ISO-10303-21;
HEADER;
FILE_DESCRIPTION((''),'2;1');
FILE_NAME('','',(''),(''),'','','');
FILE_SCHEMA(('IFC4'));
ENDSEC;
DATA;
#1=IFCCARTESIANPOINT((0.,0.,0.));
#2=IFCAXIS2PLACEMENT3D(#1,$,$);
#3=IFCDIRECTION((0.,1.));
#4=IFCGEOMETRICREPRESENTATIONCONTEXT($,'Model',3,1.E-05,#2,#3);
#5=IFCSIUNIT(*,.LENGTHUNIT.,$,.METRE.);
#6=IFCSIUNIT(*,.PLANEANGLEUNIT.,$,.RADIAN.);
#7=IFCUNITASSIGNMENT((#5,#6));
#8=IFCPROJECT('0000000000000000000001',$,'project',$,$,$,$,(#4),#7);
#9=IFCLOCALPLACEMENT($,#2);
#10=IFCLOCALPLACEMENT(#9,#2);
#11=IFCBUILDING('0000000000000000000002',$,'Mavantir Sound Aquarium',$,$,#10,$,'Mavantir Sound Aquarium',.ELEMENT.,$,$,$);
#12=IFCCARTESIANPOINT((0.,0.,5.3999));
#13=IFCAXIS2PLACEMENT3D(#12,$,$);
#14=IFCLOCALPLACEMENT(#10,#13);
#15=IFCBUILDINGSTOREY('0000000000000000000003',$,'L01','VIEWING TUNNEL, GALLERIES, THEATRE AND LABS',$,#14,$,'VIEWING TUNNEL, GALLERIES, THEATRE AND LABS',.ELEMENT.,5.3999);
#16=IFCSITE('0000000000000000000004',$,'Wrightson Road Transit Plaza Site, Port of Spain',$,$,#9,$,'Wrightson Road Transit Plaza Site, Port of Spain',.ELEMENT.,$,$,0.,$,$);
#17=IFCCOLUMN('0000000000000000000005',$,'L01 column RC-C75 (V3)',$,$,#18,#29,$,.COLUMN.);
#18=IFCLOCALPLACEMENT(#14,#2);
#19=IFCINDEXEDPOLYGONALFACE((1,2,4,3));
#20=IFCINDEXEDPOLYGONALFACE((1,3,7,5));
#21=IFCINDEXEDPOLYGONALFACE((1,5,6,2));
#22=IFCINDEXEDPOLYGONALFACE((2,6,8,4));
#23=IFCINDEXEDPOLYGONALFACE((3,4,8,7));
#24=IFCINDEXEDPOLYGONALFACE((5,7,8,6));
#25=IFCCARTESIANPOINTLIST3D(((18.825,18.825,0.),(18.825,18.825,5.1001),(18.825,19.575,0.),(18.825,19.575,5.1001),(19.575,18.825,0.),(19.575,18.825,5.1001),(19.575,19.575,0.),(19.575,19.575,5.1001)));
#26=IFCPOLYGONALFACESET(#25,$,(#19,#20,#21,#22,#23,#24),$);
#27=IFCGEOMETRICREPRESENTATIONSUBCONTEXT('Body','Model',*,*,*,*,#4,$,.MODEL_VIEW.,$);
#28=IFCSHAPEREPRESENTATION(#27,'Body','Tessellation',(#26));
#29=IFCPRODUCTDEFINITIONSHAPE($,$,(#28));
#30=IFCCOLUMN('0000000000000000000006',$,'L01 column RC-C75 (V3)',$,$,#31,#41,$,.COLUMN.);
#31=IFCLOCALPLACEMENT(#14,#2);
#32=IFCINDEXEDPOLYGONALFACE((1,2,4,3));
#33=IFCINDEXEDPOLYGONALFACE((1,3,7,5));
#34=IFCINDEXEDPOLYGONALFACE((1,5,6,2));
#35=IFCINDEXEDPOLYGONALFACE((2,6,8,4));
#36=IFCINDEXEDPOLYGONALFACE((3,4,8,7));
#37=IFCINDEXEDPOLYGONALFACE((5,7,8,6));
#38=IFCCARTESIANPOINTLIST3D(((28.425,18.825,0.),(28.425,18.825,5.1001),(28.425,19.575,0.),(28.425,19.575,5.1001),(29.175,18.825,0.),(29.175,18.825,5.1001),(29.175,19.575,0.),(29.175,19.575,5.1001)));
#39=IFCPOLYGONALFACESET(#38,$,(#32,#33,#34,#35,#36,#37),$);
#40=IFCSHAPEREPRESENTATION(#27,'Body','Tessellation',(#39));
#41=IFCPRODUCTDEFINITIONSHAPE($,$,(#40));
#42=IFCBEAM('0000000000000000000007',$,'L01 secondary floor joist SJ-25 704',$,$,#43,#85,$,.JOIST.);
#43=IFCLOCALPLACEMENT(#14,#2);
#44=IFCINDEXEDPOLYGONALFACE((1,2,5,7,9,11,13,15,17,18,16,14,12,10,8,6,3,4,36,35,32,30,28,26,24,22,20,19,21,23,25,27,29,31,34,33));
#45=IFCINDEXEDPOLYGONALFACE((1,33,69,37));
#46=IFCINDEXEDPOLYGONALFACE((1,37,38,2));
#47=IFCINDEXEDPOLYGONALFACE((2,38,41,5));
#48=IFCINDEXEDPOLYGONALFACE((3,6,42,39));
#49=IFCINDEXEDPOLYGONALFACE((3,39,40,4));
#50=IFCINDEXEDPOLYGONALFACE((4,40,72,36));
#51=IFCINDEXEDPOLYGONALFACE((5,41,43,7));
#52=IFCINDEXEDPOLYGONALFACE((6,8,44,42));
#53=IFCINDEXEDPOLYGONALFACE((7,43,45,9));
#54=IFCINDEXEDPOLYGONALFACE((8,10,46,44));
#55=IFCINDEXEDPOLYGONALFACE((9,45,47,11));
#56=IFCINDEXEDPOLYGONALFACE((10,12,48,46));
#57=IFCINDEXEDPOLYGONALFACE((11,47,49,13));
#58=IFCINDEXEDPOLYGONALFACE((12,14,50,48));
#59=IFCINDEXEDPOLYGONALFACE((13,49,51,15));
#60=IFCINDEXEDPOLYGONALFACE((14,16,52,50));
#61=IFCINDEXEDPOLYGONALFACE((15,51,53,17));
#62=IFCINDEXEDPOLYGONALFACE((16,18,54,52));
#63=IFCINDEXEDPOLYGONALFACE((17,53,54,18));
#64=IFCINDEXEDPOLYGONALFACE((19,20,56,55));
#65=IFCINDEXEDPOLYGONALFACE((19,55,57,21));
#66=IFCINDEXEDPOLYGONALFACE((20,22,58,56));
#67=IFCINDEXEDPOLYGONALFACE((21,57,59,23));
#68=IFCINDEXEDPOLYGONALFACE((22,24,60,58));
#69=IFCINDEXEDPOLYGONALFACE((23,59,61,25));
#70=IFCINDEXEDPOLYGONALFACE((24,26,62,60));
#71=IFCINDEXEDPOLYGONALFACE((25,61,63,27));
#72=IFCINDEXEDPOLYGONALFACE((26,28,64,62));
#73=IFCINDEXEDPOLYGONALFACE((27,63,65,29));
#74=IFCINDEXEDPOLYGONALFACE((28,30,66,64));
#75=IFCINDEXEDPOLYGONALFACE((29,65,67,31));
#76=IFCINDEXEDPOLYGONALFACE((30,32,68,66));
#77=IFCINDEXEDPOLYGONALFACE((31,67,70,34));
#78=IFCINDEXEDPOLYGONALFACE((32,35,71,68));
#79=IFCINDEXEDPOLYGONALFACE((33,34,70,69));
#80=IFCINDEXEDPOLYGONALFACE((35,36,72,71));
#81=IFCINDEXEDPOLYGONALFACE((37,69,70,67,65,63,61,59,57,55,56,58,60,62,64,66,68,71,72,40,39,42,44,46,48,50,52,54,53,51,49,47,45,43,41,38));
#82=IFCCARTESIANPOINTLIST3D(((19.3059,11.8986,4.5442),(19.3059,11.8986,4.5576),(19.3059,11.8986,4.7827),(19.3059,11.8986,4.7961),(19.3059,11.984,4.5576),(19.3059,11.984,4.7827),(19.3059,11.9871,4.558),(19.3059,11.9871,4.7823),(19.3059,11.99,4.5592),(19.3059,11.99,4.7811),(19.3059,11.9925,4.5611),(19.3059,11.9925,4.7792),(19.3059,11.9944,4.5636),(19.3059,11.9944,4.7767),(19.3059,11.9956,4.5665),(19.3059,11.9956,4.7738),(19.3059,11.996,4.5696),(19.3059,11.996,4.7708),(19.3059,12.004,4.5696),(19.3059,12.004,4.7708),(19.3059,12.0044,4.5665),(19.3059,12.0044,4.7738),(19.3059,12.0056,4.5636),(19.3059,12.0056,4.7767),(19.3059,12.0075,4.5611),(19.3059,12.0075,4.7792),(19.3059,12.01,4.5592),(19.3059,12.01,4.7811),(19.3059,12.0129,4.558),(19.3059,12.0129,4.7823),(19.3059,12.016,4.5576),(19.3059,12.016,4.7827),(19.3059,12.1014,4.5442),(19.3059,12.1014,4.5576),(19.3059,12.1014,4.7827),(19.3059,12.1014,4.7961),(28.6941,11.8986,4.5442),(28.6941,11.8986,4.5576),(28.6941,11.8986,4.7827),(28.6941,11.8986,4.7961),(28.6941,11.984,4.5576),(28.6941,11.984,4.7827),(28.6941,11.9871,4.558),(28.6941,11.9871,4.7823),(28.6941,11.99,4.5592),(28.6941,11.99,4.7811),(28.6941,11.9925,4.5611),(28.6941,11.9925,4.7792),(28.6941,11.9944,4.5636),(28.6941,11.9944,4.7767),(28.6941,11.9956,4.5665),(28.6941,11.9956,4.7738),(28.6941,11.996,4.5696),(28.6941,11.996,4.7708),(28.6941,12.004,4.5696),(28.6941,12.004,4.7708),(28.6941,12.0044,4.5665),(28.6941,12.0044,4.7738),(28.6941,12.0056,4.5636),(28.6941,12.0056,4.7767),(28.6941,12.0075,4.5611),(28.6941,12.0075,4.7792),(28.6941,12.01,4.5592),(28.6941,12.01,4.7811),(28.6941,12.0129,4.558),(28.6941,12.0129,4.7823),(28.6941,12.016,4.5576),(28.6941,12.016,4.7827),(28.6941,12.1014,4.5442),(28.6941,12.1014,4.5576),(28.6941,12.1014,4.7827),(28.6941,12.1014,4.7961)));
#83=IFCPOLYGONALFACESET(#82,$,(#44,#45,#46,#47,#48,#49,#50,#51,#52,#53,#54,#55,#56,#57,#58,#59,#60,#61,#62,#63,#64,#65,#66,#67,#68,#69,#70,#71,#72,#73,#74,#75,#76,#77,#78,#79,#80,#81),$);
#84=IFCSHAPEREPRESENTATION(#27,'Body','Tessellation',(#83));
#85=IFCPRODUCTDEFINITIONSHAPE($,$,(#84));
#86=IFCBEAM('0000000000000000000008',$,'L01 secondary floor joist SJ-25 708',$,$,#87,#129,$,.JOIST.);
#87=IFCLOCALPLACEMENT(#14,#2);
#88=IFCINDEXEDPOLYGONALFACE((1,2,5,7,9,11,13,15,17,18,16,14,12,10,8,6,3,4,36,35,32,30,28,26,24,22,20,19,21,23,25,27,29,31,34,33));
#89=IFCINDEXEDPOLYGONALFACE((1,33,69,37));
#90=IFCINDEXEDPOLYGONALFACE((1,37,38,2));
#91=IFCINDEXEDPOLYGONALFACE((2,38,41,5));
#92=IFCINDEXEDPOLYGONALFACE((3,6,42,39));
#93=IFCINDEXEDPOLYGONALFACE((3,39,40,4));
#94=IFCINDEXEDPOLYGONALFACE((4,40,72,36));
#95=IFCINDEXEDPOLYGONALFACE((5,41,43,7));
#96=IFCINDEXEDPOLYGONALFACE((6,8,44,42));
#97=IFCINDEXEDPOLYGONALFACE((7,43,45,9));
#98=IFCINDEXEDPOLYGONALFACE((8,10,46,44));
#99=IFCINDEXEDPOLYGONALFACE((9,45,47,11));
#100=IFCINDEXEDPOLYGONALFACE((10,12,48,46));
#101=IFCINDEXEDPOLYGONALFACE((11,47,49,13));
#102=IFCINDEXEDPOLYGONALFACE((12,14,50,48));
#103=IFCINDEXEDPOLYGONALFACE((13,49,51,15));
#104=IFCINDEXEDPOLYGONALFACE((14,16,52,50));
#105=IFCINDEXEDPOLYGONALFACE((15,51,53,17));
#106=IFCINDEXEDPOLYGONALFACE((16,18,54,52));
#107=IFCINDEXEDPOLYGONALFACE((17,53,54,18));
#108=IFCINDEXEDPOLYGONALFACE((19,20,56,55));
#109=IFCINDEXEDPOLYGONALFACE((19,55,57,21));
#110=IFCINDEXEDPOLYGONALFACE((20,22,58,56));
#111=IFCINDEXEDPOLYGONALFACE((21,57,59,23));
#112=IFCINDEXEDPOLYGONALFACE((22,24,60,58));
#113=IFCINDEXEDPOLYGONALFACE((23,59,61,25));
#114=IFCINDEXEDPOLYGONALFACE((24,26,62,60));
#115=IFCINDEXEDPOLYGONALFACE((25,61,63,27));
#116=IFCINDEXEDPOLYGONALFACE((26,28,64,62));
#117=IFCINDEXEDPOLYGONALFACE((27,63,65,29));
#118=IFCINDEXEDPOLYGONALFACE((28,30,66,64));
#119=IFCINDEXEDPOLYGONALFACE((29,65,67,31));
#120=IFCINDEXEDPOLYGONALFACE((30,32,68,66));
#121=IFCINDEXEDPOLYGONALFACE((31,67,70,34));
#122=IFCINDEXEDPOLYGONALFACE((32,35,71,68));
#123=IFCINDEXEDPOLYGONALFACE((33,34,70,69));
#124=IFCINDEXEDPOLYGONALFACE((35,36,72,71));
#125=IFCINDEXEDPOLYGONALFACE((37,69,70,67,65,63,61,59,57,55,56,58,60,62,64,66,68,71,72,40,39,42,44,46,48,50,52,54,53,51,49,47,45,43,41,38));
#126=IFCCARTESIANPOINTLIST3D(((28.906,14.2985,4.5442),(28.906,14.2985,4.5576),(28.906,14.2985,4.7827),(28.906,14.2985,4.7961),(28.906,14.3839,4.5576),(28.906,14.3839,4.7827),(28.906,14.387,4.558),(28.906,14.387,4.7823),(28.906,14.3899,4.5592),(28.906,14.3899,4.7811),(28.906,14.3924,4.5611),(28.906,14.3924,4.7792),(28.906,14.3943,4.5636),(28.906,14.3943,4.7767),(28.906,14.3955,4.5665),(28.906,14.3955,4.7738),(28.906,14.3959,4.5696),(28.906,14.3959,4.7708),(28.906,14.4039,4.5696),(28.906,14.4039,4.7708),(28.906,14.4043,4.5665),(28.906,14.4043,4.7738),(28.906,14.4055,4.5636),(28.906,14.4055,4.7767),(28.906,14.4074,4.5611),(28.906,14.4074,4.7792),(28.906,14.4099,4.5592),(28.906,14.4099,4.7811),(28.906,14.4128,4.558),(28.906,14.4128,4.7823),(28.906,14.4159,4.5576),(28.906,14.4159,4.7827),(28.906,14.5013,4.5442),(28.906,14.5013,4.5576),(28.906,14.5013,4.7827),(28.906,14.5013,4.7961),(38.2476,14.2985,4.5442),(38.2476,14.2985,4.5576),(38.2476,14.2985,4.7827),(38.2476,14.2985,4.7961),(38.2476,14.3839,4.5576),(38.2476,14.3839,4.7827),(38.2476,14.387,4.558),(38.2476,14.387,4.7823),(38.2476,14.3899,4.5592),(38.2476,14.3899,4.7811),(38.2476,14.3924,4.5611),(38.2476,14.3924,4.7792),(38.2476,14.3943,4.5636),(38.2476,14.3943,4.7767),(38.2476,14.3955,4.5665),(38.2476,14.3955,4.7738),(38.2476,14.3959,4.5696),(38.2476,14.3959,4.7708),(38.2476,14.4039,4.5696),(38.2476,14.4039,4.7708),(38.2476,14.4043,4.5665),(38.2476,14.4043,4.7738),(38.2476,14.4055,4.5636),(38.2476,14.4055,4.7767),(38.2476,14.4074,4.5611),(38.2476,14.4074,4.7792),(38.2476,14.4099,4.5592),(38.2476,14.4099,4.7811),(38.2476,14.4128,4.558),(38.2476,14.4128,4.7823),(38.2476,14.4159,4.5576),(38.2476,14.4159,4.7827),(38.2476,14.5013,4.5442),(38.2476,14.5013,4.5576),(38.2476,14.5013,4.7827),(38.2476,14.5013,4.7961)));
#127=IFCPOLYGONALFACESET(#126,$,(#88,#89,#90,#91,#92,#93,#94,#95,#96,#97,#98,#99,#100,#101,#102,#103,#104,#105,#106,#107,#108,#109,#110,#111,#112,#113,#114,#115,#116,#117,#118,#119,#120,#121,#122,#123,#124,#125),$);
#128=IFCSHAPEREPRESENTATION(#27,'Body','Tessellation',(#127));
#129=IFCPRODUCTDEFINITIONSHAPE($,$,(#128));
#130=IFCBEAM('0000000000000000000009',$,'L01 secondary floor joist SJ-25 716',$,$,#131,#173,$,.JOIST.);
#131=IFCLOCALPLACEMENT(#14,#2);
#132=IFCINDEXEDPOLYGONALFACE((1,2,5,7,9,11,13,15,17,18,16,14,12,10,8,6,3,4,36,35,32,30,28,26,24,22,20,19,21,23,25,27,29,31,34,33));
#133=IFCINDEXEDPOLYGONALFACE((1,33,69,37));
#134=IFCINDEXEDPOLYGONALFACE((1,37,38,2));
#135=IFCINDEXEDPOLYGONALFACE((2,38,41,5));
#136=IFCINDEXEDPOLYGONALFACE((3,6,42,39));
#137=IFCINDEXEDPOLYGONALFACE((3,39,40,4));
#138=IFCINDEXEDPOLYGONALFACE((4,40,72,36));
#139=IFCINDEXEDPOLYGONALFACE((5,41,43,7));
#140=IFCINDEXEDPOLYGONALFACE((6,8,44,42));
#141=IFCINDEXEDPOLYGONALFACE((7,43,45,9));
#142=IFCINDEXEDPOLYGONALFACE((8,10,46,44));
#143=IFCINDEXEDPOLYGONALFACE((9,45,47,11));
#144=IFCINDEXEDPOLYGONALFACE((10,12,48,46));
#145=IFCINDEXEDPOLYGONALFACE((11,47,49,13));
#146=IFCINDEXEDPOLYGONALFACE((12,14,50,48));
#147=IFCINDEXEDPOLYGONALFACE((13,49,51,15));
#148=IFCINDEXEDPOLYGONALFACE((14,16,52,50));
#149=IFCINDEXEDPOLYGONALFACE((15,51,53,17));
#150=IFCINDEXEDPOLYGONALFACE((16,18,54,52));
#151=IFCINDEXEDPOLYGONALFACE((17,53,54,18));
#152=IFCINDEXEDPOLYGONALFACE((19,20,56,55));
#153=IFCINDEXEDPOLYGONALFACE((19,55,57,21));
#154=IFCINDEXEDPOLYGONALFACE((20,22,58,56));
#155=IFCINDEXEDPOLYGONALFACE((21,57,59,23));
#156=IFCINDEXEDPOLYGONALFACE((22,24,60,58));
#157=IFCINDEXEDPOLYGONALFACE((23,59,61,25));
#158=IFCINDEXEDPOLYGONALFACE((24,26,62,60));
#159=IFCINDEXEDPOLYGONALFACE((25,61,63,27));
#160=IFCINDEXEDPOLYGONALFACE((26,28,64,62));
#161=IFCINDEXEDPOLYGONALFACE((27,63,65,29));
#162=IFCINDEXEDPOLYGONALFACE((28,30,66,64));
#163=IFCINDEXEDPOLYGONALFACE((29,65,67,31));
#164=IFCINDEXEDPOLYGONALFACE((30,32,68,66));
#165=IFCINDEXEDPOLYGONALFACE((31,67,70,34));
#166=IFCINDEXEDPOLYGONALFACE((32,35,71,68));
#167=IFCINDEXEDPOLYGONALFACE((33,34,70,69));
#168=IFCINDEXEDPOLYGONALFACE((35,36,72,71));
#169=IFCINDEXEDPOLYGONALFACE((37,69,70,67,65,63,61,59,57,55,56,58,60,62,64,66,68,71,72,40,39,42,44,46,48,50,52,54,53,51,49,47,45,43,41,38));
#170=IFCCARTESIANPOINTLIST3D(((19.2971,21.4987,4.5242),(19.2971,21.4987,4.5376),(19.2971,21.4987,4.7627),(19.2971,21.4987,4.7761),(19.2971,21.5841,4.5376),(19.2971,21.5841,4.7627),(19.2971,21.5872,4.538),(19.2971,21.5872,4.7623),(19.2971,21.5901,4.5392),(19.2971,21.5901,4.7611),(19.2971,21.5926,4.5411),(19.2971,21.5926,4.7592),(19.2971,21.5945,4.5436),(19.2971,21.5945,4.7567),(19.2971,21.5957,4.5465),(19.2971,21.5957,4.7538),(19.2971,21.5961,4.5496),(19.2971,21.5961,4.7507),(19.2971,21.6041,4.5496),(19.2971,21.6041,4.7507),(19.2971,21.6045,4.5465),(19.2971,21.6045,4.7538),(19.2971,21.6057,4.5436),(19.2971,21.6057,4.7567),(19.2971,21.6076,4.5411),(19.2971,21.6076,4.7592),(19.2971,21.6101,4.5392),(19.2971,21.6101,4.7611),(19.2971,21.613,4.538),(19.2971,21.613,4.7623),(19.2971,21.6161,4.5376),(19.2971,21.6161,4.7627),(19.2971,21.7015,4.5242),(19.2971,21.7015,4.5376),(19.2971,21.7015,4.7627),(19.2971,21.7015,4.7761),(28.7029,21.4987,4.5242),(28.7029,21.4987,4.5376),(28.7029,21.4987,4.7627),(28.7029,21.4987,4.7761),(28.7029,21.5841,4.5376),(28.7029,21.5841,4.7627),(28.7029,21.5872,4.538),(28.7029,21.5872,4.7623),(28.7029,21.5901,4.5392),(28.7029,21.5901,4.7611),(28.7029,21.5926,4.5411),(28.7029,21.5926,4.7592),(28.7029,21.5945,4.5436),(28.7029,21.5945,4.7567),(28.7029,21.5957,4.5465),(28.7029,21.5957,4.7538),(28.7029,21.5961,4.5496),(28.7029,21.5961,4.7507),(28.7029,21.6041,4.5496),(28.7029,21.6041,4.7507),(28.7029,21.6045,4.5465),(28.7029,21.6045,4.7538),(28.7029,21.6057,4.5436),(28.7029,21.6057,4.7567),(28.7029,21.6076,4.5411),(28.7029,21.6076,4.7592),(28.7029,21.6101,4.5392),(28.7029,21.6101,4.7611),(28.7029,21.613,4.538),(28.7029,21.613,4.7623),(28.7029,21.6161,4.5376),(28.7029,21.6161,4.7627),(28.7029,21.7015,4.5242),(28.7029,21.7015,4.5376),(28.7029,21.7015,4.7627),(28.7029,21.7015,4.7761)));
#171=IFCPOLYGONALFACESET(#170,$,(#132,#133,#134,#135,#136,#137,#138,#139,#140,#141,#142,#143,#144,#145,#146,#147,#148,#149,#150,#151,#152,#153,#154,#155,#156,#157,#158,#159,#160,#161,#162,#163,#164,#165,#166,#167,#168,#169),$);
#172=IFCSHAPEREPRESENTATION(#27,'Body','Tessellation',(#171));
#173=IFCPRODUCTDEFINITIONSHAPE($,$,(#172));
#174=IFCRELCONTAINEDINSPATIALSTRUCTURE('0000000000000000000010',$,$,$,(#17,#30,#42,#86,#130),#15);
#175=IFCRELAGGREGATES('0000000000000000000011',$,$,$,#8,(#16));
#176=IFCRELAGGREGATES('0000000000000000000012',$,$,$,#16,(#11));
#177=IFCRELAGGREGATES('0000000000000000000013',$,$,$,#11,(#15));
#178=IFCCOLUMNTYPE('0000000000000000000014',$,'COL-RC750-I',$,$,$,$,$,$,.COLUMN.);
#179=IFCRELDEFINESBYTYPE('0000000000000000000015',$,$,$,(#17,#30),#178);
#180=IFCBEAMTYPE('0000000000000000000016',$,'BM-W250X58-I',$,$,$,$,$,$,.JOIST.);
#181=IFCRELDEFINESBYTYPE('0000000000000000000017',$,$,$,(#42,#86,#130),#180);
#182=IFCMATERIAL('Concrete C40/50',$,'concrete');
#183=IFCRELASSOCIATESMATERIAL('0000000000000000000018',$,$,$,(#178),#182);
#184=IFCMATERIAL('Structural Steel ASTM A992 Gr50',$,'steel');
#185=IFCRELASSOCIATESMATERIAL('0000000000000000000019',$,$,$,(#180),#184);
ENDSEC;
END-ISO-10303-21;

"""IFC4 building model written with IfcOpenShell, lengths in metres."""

from ifc_helpers import new_model, si_unit, direction, frame, origin, origin_2d, place, context, subcontext, project, spatial, rectangle, i_section, extrude, material, material_profile, profile_set, type_object, element, save


model = new_model("IFC4")

# Units and contexts
model_context = context("Model", 3, precision=1e-05, world=origin(), true_north=direction((0.0, 1.0)))
body_context = subcontext(model_context, "Body", "Model", "MODEL_VIEW")
ifc_project = project(units=[si_unit("LENGTHUNIT", "METRE"), si_unit("PLANEANGLEUNIT", "RADIAN")], contexts=[model_context])

# Site, building, storey
site_placement = place(None, origin())
site = spatial("IfcSite", under=ifc_project, at=site_placement, Name="Wrightson Road Transit Plaza Site, Port of Spain", LongName="Wrightson Road Transit Plaza Site, Port of Spain", CompositionType="ELEMENT", RefElevation=0.0)
building_placement = place(site_placement, origin())
building = spatial("IfcBuilding", under=site, at=building_placement, Name="Mavantir Sound Aquarium", LongName="Mavantir Sound Aquarium", CompositionType="ELEMENT")
storey_placement = place(building_placement, frame((0.0, 0.0, 5.3999)))
storey = spatial("IfcBuildingStorey", under=building, at=storey_placement, Name="L01", Description="VIEWING TUNNEL, GALLERIES, THEATRE AND LABS", LongName="VIEWING TUNNEL, GALLERIES, THEATRE AND LABS", CompositionType="ELEMENT", Elevation=5.3999)

# Columns
ifc_material_1 = material(Name="Concrete C40/50", Category="concrete")
ifc_material_profile_1 = material_profile(ifc_material_1, rectangle(XDim=0.75, YDim=0.75, at=origin_2d()), Name="RC 750X750")
ifc_profile_set_1 = profile_set([ifc_material_profile_1], Name="Concrete C40/50")
column_type = type_object("IfcColumnType", Name="COL-RC750-I", PredefinedType="COLUMN", material=ifc_profile_set_1)
for number, where, z_axis, x_axis, name in (
    (1, (19.2, 19.2, 0.0), (0.0, 0.0, 1.0), (1.0, 0.0, 0.0), "L01 column RC-C75 (V3)"),
    (2, (28.8, 19.2, 0.0), (0.0, 0.0, 1.0), (1.0, 0.0, 0.0), "L01 column RC-C75 (V3)"),
):
    element("IfcColumn", number, at=place(storey_placement, frame(where, z_axis=z_axis, x_axis=x_axis)), inside=storey, type_object=column_type, Name=name, PredefinedType="COLUMN", context=body_context, shape_type="SweptSolid", body=[
        extrude(rectangle(XDim=0.75, YDim=0.75, at=origin_2d()), origin(), (0.0, 0.0, 1.0), 5.1001),
    ])

# Beams
ifc_material_2 = material(Name="Structural Steel ASTM A992 Gr50", Category="steel")
ifc_material_profile_2 = material_profile(ifc_material_2, i_section(OverallWidth=0.2029, OverallDepth=0.252, WebThickness=0.0081, FlangeThickness=0.0134, FilletRadius=0.012, at=origin_2d()), Name="W250X58")
ifc_profile_set_2 = profile_set([ifc_material_profile_2], Name="Structural Steel ASTM A992 Gr50")
beam_type_1 = type_object("IfcBeamType", Name="BM-W250X58-I", PredefinedType="JOIST", material=ifc_profile_set_2)
beam_1_placement = place(storey_placement, frame((19.3059, 12.0, 4.6702), z_axis=(1.0, 0.0, 0.0), x_axis=(0.0, 1.0, 0.0)))
element("IfcBeam", 3, at=beam_1_placement, inside=storey, type_object=beam_type_1, Name="L01 secondary floor joist SJ-25 704", PredefinedType="JOIST", context=body_context, shape_type="SweptSolid", body=[
    extrude(i_section(OverallWidth=0.2029, OverallDepth=0.252, WebThickness=0.0081, FlangeThickness=0.0134, FilletRadius=0.012, at=origin_2d()), origin(), (0.0, 0.0, 1.0), 9.3882),
])
beam_2_placement = place(storey_placement, frame((28.906, 14.3999, 4.6702), z_axis=(1.0, 0.0, 0.0), x_axis=(0.0, 1.0, 0.0)))
element("IfcBeam", 4, at=beam_2_placement, inside=storey, type_object=beam_type_1, Name="L01 secondary floor joist SJ-25 708", PredefinedType="JOIST", context=body_context, shape_type="SweptSolid", body=[
    extrude(i_section(OverallWidth=0.2029, OverallDepth=0.252, WebThickness=0.0081, FlangeThickness=0.0134, FilletRadius=0.012, at=origin_2d()), origin(), (0.0, 0.0, 1.0), 9.3416),
])
beam_3_placement = place(storey_placement, frame((19.2971, 21.6001, 4.6501), z_axis=(1.0, 0.0, 0.0), x_axis=(0.0, 1.0, 0.0)))
element("IfcBeam", 5, at=beam_3_placement, inside=storey, type_object=beam_type_1, Name="L01 secondary floor joist SJ-25 716", PredefinedType="JOIST", context=body_context, shape_type="SweptSolid", body=[
    extrude(i_section(OverallWidth=0.2029, OverallDepth=0.252, WebThickness=0.0081, FlangeThickness=0.0134, FilletRadius=0.012, at=origin_2d()), origin(), (0.0, 0.0, 1.0), 9.4058),
])

save(model, "model.ifc")
